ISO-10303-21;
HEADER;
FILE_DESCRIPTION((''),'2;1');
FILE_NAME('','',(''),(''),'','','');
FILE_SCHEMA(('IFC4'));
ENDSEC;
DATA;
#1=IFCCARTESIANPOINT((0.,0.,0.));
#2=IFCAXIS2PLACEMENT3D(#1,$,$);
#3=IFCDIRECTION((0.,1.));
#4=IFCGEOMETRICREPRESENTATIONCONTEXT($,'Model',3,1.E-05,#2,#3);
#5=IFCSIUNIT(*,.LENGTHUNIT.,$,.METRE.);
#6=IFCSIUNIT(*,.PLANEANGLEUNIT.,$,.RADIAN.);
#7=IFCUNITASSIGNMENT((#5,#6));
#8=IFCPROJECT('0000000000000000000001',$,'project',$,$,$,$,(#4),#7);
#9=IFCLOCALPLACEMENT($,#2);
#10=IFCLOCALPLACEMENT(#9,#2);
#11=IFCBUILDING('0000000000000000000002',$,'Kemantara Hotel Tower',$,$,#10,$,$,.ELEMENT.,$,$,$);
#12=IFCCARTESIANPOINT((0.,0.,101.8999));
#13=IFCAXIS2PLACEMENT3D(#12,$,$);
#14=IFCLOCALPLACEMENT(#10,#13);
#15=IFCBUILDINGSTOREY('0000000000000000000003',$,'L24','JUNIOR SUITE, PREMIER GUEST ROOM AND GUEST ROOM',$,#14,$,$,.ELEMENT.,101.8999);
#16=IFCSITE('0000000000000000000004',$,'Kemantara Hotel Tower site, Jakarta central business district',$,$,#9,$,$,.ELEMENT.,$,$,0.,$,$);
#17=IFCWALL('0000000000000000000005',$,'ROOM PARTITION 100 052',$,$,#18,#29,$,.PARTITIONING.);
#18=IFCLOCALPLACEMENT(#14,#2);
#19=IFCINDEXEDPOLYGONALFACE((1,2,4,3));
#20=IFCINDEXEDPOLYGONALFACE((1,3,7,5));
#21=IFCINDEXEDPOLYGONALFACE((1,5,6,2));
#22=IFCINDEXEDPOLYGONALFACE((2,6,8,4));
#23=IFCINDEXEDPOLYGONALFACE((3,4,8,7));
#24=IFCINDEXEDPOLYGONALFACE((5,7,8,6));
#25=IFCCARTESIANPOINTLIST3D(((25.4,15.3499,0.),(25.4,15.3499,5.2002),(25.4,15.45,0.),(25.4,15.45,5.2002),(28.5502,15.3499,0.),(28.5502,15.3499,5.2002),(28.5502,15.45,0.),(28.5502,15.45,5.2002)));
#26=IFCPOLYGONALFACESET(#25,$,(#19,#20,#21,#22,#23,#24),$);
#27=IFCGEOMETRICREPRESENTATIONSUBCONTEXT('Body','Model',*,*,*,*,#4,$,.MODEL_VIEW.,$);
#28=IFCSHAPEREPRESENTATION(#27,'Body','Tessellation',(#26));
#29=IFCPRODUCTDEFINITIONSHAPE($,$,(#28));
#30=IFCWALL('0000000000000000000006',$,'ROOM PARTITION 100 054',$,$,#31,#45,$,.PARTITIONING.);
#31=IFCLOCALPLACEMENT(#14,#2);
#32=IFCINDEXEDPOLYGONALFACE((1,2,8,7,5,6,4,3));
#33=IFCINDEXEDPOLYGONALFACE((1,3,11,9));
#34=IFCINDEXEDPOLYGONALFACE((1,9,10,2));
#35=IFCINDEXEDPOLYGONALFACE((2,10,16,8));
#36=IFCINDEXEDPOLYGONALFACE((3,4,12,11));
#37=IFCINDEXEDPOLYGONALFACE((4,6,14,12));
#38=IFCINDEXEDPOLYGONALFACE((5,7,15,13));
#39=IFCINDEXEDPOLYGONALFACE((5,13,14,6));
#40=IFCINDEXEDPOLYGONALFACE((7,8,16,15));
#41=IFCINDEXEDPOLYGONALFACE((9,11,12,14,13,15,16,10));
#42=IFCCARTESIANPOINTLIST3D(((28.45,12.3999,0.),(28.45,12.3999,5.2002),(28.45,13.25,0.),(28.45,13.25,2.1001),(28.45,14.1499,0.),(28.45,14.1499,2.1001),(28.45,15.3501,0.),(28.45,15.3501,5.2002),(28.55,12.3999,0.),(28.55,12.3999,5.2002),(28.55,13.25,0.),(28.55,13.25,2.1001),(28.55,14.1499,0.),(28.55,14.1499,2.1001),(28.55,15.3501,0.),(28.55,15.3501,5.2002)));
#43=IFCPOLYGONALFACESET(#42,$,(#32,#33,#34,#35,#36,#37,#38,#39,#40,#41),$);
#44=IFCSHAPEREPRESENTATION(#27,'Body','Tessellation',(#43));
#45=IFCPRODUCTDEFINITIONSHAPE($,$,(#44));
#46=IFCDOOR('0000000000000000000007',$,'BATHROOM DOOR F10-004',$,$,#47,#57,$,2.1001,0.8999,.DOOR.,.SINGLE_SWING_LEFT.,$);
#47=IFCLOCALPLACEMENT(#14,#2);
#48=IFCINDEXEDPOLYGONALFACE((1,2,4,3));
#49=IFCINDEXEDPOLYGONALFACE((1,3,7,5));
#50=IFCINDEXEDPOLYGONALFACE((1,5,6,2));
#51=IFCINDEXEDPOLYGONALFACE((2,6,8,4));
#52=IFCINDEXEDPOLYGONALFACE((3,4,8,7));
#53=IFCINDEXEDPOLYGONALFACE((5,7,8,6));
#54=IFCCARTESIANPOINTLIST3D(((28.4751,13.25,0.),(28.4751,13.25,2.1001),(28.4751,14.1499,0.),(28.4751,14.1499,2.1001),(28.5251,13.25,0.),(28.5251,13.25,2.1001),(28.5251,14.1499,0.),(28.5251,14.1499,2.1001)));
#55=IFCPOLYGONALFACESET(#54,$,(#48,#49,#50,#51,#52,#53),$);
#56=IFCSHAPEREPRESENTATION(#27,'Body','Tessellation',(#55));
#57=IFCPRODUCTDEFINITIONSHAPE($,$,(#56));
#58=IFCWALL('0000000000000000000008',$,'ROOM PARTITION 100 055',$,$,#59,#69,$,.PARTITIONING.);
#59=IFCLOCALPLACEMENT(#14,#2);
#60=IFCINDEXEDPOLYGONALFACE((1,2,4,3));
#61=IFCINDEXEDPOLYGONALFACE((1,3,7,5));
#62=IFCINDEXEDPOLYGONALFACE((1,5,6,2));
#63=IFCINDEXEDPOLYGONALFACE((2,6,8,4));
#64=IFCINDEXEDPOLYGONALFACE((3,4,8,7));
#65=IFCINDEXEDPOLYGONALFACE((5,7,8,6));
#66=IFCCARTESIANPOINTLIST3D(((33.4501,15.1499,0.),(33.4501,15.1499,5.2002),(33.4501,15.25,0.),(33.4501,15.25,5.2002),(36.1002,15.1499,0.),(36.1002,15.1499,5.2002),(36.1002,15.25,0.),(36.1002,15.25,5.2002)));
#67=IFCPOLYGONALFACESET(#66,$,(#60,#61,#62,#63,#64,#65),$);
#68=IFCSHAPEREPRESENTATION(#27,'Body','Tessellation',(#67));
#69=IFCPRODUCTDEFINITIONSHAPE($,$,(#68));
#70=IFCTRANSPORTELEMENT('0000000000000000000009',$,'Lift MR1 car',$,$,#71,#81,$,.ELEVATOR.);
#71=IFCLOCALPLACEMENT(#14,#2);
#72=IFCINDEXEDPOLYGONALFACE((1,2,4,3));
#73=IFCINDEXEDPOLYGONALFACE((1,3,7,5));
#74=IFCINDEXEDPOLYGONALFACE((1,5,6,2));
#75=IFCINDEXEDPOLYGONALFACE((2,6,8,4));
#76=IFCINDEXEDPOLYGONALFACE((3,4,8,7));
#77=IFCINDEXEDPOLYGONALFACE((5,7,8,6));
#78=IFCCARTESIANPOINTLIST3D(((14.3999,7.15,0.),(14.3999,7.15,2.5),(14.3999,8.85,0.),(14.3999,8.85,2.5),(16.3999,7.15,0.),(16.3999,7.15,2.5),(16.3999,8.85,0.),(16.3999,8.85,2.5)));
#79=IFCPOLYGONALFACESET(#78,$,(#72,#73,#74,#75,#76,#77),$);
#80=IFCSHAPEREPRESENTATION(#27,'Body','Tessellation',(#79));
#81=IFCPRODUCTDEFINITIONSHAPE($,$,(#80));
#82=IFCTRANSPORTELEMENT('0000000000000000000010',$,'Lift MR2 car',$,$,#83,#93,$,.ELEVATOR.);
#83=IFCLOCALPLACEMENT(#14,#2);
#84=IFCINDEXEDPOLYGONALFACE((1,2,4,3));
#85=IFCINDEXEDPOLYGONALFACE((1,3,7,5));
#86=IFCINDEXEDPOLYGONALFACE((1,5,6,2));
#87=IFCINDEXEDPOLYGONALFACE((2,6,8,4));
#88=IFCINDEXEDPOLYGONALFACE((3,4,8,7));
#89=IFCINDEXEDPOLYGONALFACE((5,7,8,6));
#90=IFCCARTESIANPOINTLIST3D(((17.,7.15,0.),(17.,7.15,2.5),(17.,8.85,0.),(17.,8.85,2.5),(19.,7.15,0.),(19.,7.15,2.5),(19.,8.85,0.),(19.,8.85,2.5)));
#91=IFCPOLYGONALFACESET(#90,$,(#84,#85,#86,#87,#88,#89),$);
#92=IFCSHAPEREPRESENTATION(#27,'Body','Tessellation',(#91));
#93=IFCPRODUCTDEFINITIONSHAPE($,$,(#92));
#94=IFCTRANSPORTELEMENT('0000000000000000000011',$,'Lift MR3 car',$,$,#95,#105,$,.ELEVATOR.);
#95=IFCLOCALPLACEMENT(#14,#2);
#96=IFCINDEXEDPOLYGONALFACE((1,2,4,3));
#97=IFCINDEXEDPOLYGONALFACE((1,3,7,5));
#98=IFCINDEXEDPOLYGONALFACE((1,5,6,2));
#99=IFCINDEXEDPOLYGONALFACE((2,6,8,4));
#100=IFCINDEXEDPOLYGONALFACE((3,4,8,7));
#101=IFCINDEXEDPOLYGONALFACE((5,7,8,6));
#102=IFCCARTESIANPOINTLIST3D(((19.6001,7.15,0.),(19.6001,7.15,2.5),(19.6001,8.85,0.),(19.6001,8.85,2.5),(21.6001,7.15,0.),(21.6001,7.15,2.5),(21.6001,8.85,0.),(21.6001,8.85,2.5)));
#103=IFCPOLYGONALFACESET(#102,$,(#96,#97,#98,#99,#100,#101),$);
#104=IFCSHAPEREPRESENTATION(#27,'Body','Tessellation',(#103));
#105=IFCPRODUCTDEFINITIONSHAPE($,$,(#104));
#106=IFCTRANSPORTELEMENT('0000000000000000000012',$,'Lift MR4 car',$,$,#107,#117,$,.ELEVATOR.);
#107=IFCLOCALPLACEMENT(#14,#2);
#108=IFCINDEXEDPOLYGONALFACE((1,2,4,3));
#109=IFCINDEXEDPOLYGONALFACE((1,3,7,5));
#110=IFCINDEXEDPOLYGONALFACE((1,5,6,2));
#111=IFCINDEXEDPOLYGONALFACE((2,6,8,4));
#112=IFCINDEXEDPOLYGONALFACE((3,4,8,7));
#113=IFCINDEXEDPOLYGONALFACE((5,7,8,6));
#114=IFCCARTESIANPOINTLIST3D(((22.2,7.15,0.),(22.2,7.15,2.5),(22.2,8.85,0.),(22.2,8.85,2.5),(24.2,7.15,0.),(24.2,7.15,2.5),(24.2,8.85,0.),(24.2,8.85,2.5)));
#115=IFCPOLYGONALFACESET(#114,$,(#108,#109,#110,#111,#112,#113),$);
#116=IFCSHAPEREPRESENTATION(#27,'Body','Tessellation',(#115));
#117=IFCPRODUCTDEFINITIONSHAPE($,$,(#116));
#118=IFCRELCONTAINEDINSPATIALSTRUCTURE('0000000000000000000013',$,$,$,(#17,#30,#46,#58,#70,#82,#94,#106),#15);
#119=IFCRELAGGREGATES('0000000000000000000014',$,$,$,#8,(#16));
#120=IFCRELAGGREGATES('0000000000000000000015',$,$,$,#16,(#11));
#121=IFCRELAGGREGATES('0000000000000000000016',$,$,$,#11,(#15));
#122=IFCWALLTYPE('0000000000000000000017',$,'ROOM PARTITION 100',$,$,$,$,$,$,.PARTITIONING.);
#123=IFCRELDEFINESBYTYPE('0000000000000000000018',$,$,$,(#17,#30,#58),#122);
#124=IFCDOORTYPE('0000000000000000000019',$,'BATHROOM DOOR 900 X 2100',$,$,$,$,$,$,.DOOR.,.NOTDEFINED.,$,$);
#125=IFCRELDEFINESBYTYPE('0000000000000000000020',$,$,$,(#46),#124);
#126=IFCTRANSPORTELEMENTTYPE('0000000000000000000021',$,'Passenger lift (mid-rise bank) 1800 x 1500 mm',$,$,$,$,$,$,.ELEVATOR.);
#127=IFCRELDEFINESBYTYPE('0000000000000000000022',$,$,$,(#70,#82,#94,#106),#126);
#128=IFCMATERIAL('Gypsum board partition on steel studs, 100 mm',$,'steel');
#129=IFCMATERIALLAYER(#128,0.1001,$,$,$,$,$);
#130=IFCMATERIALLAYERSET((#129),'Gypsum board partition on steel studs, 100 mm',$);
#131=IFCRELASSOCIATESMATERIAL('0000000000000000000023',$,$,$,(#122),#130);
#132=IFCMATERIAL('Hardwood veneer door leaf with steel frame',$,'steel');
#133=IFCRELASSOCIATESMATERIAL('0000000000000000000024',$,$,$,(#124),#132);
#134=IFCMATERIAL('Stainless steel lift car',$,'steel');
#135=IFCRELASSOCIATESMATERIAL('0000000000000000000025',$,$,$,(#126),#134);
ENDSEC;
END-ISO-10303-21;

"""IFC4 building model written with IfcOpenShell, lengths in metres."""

from ifc_helpers import new_model, si_unit, direction, frame, frame_2d, origin, origin_2d, place, context, subcontext, project, spatial, rectangle, extrude, material, layer, layer_set, type_object, element, fill, save


model = new_model("IFC4")

# Units and contexts
model_context = context("Model", 3, precision=1e-05, world=origin(), true_north=direction((0.0, 1.0)))
body_context = subcontext(model_context, "Body", "Model", "MODEL_VIEW")
ifc_project = project(units=[si_unit("LENGTHUNIT", "METRE"), si_unit("PLANEANGLEUNIT", "RADIAN")], contexts=[model_context])

# Site, building, storey
site_placement = place(None, origin())
site = spatial("IfcSite", under=ifc_project, at=site_placement, Name="Kemantara Hotel Tower site, Jakarta central business district", CompositionType="ELEMENT", RefElevation=0.0)
building_placement = place(site_placement, origin())
building = spatial("IfcBuilding", under=site, at=building_placement, Name="Kemantara Hotel Tower", CompositionType="ELEMENT")
storey_placement = place(building_placement, frame((0.0, 0.0, 101.8999)))
storey = spatial("IfcBuildingStorey", under=building, at=storey_placement, Name="L24", Description="JUNIOR SUITE, PREMIER GUEST ROOM AND GUEST ROOM", CompositionType="ELEMENT", Elevation=101.8999)

# Shared definitions
ifc_material_1 = material(Name="Hardwood veneer door leaf with steel frame", Category="steel")

# Wall
ifc_material_2 = material(Name="Gypsum board partition on steel studs, 100 mm", Category="steel")
ifc_layer_1 = layer(ifc_material_2, 0.1001)
ifc_layer_set_1 = layer_set([ifc_layer_1], Name="Gypsum board partition on steel studs, 100 mm")
wall_type_1 = type_object("IfcWallType", Name="ROOM PARTITION 100", PredefinedType="PARTITIONING", material=ifc_layer_set_1)
wall_1_placement = place(storey_placement, frame((25.3999, 15.3999, 0.0), z_axis=(0.0, 0.0, 1.0), x_axis=(1.0, 0.0, 0.0)))
element("IfcWall", 1, at=wall_1_placement, inside=storey, type_object=wall_type_1, Name="ROOM PARTITION 100 052", PredefinedType="PARTITIONING", context=body_context, shape_type="SweptSolid", body=[
    extrude(rectangle(XDim=3.1501, YDim=0.1001, at=frame_2d((1.5752, 0.0))), origin(), (0.0, 0.0, 1.0), 5.2002),
])

# Wall, opening, door
wall_2_placement = place(storey_placement, frame((28.5, 12.3999, 0.0), z_axis=(0.0, 0.0, 1.0), x_axis=(0.0, 1.0, 0.0)))
wall_2 = element("IfcWall", 2, at=wall_2_placement, inside=storey, type_object=wall_type_1, Name="ROOM PARTITION 100 054", PredefinedType="PARTITIONING", context=body_context, shape_type="SweptSolid", body=[
    extrude(rectangle(XDim=2.9502, YDim=0.1001, at=frame_2d((1.4751, 0.0))), origin(), (0.0, 0.0, 1.0), 5.2002),
])
opening_1_placement = place(wall_2_placement, frame((0.8501, 0.0, 0.0)))
opening_1 = element("IfcOpeningElement", 3, at=opening_1_placement, cuts=wall_2, PredefinedType="OPENING", context=body_context, shape_type="SweptSolid", body=[
    extrude(rectangle(XDim=0.8999, YDim=2.1001, at=frame_2d((0.45, 1.05))), frame((0.0, 0.0601, 0.0), z_axis=(0.0, -1.0, 0.0), x_axis=(1.0, 0.0, 0.0)), (0.0, 0.0, 1.0), 0.1201),
])
door_type_1 = type_object("IfcDoorType", Name="BATHROOM DOOR 900 X 2100", OperationType="NOTDEFINED", PredefinedType="DOOR", material=ifc_material_1)
door_1_placement = place(opening_1_placement, origin())
door_1 = element("IfcDoor", 4, at=door_1_placement, inside=storey, type_object=door_type_1, Name="BATHROOM DOOR F10-004", OperationType="SINGLE_SWING_LEFT", OverallHeight=2.1001, OverallWidth=0.8999, PredefinedType="DOOR", context=body_context, shape_type="SweptSolid", body=[
    extrude(rectangle(XDim=0.8999, YDim=2.1001, at=frame_2d((0.45, 1.05))), frame((0.0, 0.0249, 0.0), z_axis=(0.0, -1.0, 0.0), x_axis=(1.0, 0.0, 0.0)), (0.0, 0.0, 1.0), 0.05),
])
fill(opening_1, door_1)

# Wall
wall_3_placement = place(storey_placement, frame((33.45, 15.2, 0.0), z_axis=(0.0, 0.0, 1.0), x_axis=(1.0, 0.0, 0.0)))
element("IfcWall", 5, at=wall_3_placement, inside=storey, type_object=wall_type_1, Name="ROOM PARTITION 100 055", PredefinedType="PARTITIONING", context=body_context, shape_type="SweptSolid", body=[
    extrude(rectangle(XDim=2.6501, YDim=0.1001, at=frame_2d((1.3252, 0.0))), origin(), (0.0, 0.0, 1.0), 5.2002),
])

# Transport elements
ifc_material_3 = material(Name="Stainless steel lift car", Category="steel")
transport_element_type = type_object("IfcTransportElementType", Name="Passenger lift (mid-rise bank) 1800 x 1500 mm", PredefinedType="ELEVATOR", material=ifc_material_3)
for number, where, z_axis, x_axis, name in (
    (6, (15.3999, 8.0, 0.0), (0.0, 0.0, 1.0), (1.0, 0.0, 0.0), "Lift MR1 car"),
    (7, (18.0, 8.0, 0.0), (0.0, 0.0, 1.0), (1.0, 0.0, 0.0), "Lift MR2 car"),
    (8, (20.6001, 8.0, 0.0), (0.0, 0.0, 1.0), (1.0, 0.0, 0.0), "Lift MR3 car"),
    (9, (23.2, 8.0, 0.0), (0.0, 0.0, 1.0), (1.0, 0.0, 0.0), "Lift MR4 car"),
):
    element("IfcTransportElement", number, at=place(storey_placement, frame(where, z_axis=z_axis, x_axis=x_axis)), inside=storey, type_object=transport_element_type, Name=name, PredefinedType="ELEVATOR", context=body_context, shape_type="SweptSolid", body=[
        extrude(rectangle(XDim=2.0, YDim=1.7, at=origin_2d()), origin(), (0.0, 0.0, 1.0), 2.5),
    ])

save(model, "model.ifc")
